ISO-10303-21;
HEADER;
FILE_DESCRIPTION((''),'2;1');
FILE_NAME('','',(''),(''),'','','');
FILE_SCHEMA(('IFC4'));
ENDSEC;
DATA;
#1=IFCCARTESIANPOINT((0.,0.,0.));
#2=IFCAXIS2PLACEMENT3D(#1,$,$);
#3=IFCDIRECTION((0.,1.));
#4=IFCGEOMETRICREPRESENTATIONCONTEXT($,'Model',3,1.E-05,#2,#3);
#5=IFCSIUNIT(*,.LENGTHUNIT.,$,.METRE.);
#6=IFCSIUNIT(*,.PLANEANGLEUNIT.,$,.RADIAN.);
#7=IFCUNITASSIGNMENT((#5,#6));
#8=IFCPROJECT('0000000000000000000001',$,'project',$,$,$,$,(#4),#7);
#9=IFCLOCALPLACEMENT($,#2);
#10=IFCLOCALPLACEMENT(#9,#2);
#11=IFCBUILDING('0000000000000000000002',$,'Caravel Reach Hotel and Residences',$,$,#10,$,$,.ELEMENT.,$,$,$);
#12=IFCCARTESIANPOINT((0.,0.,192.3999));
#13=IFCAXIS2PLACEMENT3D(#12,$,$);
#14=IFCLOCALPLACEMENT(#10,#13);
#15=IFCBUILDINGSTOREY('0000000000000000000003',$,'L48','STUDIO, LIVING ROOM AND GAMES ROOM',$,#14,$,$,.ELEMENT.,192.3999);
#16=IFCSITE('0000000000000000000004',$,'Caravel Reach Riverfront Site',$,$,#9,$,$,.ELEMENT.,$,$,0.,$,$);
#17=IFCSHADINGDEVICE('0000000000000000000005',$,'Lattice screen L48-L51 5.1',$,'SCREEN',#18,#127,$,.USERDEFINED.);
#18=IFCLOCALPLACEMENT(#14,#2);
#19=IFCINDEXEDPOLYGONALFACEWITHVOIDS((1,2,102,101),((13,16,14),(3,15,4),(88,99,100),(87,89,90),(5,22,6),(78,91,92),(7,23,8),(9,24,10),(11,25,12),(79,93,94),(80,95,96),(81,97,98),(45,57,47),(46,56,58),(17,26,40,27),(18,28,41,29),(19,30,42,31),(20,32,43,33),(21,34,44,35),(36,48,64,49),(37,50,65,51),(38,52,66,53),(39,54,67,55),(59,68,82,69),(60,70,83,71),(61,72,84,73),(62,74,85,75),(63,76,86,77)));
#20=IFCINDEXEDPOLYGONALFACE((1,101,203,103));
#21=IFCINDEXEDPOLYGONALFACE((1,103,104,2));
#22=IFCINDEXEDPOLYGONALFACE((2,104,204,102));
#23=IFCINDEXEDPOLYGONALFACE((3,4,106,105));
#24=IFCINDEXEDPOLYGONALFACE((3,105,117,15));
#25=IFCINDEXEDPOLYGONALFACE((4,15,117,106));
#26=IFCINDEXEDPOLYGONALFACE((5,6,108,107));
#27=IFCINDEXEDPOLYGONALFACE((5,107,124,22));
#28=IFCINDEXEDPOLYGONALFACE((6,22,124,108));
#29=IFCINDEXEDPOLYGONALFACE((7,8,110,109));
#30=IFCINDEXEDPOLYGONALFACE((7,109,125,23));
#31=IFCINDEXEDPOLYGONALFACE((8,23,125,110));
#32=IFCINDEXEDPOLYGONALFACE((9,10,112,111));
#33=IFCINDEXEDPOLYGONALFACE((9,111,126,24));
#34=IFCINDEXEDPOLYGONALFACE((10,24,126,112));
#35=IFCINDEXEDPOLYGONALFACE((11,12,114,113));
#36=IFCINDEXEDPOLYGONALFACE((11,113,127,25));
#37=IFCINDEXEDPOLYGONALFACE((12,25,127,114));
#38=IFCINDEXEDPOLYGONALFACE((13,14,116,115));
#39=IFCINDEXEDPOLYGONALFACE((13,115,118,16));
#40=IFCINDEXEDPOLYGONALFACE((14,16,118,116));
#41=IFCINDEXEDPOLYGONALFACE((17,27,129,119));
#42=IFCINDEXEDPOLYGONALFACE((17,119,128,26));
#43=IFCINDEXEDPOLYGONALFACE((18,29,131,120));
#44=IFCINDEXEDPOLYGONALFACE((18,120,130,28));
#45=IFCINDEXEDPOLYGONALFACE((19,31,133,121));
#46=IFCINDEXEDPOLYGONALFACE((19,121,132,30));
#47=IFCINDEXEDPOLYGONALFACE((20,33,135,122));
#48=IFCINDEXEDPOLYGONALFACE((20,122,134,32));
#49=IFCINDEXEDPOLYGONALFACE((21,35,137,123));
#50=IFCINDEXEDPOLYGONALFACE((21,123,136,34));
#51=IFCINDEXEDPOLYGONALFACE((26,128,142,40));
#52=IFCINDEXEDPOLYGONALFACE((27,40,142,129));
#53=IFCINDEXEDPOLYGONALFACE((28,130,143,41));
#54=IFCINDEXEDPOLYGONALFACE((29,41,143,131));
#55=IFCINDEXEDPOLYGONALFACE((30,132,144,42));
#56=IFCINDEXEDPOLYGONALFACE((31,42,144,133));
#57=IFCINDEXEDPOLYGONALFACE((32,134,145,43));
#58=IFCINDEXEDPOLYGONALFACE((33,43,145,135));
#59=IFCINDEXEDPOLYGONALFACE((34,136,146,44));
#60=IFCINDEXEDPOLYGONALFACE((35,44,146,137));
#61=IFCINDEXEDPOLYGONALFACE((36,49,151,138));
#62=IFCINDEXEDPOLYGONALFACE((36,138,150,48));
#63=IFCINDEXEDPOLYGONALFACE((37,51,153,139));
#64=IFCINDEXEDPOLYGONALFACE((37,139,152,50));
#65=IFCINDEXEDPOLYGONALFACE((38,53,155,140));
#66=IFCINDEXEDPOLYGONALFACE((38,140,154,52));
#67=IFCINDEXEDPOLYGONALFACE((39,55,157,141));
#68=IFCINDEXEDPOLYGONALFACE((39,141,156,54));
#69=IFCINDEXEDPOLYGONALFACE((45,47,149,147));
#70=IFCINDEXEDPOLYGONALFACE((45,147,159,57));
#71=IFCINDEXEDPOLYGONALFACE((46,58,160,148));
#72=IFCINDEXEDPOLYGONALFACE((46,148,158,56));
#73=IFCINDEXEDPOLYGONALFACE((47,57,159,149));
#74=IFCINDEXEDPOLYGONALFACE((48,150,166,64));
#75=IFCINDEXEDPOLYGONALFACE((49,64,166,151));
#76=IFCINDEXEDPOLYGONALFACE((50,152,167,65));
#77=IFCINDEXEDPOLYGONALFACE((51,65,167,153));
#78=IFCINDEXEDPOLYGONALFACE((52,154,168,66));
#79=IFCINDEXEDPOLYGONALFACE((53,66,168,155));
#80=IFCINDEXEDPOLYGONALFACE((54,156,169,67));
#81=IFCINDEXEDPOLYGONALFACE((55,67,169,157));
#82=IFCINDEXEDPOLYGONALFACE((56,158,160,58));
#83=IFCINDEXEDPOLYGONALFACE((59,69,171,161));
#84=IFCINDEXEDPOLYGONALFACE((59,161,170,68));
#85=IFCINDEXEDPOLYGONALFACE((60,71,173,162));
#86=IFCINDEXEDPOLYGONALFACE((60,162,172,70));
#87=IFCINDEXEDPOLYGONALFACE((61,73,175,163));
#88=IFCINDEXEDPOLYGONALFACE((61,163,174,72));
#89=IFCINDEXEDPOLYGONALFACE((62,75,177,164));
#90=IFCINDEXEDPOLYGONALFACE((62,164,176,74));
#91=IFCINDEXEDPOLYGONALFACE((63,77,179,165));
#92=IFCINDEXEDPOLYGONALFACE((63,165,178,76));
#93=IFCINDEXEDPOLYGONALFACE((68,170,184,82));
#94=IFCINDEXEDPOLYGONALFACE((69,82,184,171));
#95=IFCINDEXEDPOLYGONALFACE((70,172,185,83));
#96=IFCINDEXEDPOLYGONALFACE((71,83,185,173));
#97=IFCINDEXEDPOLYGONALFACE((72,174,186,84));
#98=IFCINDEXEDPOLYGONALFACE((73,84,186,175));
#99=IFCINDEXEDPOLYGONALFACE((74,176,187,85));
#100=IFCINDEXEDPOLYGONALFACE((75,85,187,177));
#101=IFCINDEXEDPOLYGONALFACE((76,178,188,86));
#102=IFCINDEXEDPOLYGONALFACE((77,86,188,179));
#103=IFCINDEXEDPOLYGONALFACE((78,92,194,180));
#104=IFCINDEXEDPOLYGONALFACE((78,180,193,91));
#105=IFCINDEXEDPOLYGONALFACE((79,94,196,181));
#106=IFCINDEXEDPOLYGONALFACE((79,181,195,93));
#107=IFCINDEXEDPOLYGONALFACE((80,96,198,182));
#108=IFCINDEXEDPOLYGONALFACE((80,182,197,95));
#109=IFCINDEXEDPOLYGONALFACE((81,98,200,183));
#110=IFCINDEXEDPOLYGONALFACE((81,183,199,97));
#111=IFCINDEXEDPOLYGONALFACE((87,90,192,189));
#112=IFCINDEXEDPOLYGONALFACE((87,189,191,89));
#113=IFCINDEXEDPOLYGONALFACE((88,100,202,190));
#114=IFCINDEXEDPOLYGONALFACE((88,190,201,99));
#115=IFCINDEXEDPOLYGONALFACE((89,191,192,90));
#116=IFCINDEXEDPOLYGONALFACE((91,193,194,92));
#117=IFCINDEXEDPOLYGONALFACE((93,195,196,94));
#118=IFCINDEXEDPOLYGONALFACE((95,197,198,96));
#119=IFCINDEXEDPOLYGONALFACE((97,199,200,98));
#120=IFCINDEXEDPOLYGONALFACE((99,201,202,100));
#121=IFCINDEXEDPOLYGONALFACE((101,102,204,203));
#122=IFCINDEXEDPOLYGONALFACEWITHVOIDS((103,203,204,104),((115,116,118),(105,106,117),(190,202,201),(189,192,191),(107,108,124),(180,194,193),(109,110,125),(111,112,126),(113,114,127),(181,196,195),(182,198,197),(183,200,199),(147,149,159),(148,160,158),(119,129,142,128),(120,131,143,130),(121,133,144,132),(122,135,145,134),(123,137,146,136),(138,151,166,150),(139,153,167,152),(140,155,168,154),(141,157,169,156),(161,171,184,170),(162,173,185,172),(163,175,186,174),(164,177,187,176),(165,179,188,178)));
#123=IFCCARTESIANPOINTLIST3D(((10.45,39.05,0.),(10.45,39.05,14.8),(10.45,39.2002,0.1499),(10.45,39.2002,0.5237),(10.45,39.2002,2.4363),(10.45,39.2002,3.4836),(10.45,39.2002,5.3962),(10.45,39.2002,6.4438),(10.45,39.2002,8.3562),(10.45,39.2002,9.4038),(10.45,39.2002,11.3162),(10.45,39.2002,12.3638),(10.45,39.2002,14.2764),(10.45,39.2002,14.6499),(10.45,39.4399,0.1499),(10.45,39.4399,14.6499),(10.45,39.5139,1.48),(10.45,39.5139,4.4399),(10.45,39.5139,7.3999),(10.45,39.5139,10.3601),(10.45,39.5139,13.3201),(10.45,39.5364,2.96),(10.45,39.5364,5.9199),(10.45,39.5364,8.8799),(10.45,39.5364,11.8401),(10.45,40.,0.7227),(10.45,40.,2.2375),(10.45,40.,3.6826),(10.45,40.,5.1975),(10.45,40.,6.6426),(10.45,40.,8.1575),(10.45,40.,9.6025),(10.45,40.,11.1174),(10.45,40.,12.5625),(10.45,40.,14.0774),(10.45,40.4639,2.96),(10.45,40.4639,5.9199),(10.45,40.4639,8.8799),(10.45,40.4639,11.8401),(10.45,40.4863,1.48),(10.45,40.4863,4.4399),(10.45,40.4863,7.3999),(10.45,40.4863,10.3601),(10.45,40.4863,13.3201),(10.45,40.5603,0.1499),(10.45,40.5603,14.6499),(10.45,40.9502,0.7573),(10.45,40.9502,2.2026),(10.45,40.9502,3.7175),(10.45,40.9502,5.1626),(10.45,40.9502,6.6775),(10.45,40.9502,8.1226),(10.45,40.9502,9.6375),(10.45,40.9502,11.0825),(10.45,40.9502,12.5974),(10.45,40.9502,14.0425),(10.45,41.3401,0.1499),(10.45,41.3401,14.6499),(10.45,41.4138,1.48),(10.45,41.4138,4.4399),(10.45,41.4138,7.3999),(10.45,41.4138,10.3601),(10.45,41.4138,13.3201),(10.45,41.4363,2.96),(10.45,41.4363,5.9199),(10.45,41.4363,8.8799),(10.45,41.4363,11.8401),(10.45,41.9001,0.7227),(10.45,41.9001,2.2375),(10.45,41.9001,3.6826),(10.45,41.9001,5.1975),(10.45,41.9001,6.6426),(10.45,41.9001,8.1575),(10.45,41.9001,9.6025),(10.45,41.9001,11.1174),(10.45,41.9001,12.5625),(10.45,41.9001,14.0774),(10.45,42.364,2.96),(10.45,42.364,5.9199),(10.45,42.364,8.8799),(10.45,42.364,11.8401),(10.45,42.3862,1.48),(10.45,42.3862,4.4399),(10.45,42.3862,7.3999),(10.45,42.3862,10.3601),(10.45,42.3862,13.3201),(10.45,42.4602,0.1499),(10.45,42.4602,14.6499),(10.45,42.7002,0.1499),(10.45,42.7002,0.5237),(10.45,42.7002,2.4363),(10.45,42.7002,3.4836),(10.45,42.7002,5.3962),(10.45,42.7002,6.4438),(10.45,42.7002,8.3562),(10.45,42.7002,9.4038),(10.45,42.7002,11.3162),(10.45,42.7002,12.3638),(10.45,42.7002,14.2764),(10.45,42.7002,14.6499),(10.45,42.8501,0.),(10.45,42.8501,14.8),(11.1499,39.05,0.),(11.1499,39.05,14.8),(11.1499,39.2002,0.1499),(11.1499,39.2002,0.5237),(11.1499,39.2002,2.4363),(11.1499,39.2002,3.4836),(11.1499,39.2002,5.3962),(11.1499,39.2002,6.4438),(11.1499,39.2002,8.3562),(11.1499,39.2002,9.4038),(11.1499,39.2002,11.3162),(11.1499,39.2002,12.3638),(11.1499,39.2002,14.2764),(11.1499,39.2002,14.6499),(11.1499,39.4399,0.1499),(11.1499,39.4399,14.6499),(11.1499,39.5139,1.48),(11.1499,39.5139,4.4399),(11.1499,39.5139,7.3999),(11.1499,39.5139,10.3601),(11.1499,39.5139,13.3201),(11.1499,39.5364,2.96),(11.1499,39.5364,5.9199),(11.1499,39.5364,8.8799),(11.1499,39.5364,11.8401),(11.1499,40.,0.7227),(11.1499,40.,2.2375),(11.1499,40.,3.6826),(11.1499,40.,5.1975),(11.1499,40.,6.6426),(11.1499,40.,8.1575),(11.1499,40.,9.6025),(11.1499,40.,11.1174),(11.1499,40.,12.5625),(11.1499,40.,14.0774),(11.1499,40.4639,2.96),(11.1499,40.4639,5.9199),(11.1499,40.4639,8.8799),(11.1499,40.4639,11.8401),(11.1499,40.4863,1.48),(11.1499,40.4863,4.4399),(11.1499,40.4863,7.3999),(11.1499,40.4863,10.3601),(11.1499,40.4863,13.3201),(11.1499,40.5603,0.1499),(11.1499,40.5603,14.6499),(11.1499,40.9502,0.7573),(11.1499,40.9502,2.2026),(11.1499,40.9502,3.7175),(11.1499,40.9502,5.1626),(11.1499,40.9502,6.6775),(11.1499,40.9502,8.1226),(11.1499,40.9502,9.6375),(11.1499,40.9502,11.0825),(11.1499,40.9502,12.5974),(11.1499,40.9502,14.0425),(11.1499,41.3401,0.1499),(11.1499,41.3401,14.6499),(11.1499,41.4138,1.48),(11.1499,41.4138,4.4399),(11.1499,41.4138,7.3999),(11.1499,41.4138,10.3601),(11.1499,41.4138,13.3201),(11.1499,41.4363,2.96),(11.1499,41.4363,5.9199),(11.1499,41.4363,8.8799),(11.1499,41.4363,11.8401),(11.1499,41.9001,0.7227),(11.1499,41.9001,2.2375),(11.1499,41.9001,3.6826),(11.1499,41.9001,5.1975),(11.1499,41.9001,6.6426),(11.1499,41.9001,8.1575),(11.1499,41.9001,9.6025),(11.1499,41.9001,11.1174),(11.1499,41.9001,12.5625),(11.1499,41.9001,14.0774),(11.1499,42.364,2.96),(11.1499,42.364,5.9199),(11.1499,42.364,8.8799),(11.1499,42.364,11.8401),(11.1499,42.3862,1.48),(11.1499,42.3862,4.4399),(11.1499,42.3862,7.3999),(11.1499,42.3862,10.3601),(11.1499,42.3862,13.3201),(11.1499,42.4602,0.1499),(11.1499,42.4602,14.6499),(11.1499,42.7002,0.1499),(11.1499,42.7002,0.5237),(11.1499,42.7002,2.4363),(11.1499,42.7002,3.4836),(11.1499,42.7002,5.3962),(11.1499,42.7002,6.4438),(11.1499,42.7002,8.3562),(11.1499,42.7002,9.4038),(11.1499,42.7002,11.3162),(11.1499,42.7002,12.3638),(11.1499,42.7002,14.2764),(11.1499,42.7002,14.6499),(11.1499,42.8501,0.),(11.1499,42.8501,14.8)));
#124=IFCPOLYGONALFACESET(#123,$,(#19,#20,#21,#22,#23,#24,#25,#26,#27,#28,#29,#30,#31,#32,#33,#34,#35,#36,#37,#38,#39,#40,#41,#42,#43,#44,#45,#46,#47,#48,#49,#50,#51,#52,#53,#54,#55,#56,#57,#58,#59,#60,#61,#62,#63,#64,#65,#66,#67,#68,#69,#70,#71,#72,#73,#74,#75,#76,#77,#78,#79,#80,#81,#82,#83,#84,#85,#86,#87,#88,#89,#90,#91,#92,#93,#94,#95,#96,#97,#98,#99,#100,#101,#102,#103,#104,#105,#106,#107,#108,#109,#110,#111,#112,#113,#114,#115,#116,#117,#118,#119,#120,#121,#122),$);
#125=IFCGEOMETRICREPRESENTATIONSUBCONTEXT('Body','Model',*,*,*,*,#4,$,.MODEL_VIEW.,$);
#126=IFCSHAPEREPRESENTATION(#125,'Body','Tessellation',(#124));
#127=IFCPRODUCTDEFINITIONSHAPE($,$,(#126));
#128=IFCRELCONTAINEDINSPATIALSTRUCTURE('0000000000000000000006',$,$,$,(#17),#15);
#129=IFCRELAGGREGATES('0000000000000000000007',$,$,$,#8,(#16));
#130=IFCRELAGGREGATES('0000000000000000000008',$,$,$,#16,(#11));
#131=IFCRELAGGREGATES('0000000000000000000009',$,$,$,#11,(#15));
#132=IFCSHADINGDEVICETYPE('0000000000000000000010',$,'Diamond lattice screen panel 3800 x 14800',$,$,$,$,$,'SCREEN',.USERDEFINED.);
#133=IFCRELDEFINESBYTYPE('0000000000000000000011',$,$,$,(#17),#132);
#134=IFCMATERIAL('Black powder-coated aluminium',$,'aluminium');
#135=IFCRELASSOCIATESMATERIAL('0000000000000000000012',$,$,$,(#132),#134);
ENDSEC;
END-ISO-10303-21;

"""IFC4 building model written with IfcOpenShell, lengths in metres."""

from ifc_helpers import new_model, si_unit, direction, frame, origin, place, context, subcontext, project, spatial, polyline, outline, extrude, material, type_object, element, save


model = new_model("IFC4")

# Units and contexts
model_context = context("Model", 3, precision=1e-05, world=origin(), true_north=direction((0.0, 1.0)))
body_context = subcontext(model_context, "Body", "Model", "MODEL_VIEW")
ifc_project = project(units=[si_unit("LENGTHUNIT", "METRE"), si_unit("PLANEANGLEUNIT", "RADIAN")], contexts=[model_context])

# Site, building, storey
site_placement = place(None, origin())
site = spatial("IfcSite", under=ifc_project, at=site_placement, Name="Caravel Reach Riverfront Site", CompositionType="ELEMENT", RefElevation=0.0)
building_placement = place(site_placement, origin())
building = spatial("IfcBuilding", under=site, at=building_placement, Name="Caravel Reach Hotel and Residences", CompositionType="ELEMENT")
storey_placement = place(building_placement, frame((0.0, 0.0, 192.3999)))
storey = spatial("IfcBuildingStorey", under=building, at=storey_placement, Name="L48", Description="STUDIO, LIVING ROOM AND GAMES ROOM", CompositionType="ELEMENT", Elevation=192.3999)

# Shading device
ifc_material_1 = material(Name="Black powder-coated aluminium", Category="aluminium")
shading_device_type_1 = type_object("IfcShadingDeviceType", Name="Diamond lattice screen panel 3800 x 14800", ElementType="SCREEN", PredefinedType="USERDEFINED", material=ifc_material_1)
shading_device_1_placement = place(storey_placement, frame((11.1499, 42.8501, 0.0), z_axis=(-1.0, 0.0, 0.0), x_axis=(0.0, -1.0, 0.0)))
element("IfcShadingDevice", 1, at=shading_device_1_placement, inside=storey, type_object=shading_device_type_1, Name="Lattice screen L48-L51 5.1", ObjectType="SCREEN", PredefinedType="USERDEFINED", context=body_context, shape_type="SweptSolid", body=[
    extrude(outline(polyline([(0.0, 0.0), (3.8, 0.0), (3.8, 14.8), (0.0, 14.8), (0.0, 0.0)]), holes=[polyline([(0.3899, 0.1499), (0.1499, 0.5237), (0.1499, 0.1499), (0.3899, 0.1499)]), polyline([(0.4861, 2.96), (0.1499, 3.4836), (0.1499, 2.4363), (0.4861, 2.96)]), polyline([(0.4861, 5.9199), (0.1499, 6.4438), (0.1499, 5.3962), (0.4861, 5.9199)]), polyline([(0.4861, 8.8799), (0.1499, 9.4038), (0.1499, 8.3562), (0.4861, 8.8799)]), polyline([(0.4861, 11.8401), (0.1499, 12.3638), (0.1499, 11.3162), (0.4861, 11.8401)]), polyline([(0.1499, 14.2764), (0.3899, 14.6499), (0.1499, 14.6499), (0.1499, 14.2764)]), polyline([(0.95, 2.2375), (0.4639, 1.48), (0.95, 0.7227), (1.4363, 1.48), (0.95, 2.2375)]), polyline([(0.95, 5.1975), (0.4639, 4.4399), (0.95, 3.6826), (1.4363, 4.4399), (0.95, 5.1975)]), polyline([(0.95, 8.1575), (0.4639, 7.3999), (0.95, 6.6426), (1.4363, 7.3999), (0.95, 8.1575)]), polyline([(0.95, 11.1174), (0.4639, 10.3601), (0.95, 9.6025), (1.4363, 10.3601), (0.95, 11.1174)]), polyline([(0.95, 14.0774), (0.4639, 13.3201), (0.95, 12.5625), (1.4363, 13.3201), (0.95, 14.0774)]), polyline([(1.8999, 0.7573), (1.51, 0.1499), (2.2898, 0.1499), (1.8999, 0.7573)]), polyline([(1.8999, 3.7175), (1.4138, 2.96), (1.8999, 2.2026), (2.3862, 2.96), (1.8999, 3.7175)]), polyline([(1.8999, 6.6775), (1.4138, 5.9199), (1.8999, 5.1626), (2.3862, 5.9199), (1.8999, 6.6775)]), polyline([(1.8999, 9.6375), (1.4138, 8.8799), (1.8999, 8.1226), (2.3862, 8.8799), (1.8999, 9.6375)]), polyline([(1.8999, 12.5974), (1.4138, 11.8401), (1.8999, 11.0825), (2.3862, 11.8401), (1.8999, 12.5974)]), polyline([(1.8999, 14.0425), (2.2898, 14.6499), (1.51, 14.6499), (1.8999, 14.0425)]), polyline([(2.8501, 2.2375), (2.3638, 1.48), (2.8501, 0.7227), (3.3362, 1.48), (2.8501, 2.2375)]), polyline([(2.8501, 5.1975), (2.3638, 4.4399), (2.8501, 3.6826), (3.3362, 4.4399), (2.8501, 5.1975)]), polyline([(2.8501, 8.1575), (2.3638, 7.3999), (2.8501, 6.6426), (3.3362, 7.3999), (2.8501, 8.1575)]), polyline([(2.8501, 11.1174), (2.3638, 10.3601), (2.8501, 9.6025), (3.3362, 10.3601), (2.8501, 11.1174)]), polyline([(2.8501, 14.0774), (2.3638, 13.3201), (2.8501, 12.5625), (3.3362, 13.3201), (2.8501, 14.0774)]), polyline([(3.6499, 0.5237), (3.4102, 0.1499), (3.6499, 0.1499), (3.6499, 0.5237)]), polyline([(3.3137, 2.96), (3.6499, 2.4363), (3.6499, 3.4836), (3.3137, 2.96)]), polyline([(3.3137, 5.9199), (3.6499, 5.3962), (3.6499, 6.4438), (3.3137, 5.9199)]), polyline([(3.3137, 8.8799), (3.6499, 8.3562), (3.6499, 9.4038), (3.3137, 8.8799)]), polyline([(3.3137, 11.8401), (3.6499, 11.3162), (3.6499, 12.3638), (3.3137, 11.8401)]), polyline([(3.4102, 14.6499), (3.6499, 14.2764), (3.6499, 14.6499), (3.4102, 14.6499)])]), origin(), (0.0, 0.0, 1.0), 0.7),
])

save(model, "model.ifc")
